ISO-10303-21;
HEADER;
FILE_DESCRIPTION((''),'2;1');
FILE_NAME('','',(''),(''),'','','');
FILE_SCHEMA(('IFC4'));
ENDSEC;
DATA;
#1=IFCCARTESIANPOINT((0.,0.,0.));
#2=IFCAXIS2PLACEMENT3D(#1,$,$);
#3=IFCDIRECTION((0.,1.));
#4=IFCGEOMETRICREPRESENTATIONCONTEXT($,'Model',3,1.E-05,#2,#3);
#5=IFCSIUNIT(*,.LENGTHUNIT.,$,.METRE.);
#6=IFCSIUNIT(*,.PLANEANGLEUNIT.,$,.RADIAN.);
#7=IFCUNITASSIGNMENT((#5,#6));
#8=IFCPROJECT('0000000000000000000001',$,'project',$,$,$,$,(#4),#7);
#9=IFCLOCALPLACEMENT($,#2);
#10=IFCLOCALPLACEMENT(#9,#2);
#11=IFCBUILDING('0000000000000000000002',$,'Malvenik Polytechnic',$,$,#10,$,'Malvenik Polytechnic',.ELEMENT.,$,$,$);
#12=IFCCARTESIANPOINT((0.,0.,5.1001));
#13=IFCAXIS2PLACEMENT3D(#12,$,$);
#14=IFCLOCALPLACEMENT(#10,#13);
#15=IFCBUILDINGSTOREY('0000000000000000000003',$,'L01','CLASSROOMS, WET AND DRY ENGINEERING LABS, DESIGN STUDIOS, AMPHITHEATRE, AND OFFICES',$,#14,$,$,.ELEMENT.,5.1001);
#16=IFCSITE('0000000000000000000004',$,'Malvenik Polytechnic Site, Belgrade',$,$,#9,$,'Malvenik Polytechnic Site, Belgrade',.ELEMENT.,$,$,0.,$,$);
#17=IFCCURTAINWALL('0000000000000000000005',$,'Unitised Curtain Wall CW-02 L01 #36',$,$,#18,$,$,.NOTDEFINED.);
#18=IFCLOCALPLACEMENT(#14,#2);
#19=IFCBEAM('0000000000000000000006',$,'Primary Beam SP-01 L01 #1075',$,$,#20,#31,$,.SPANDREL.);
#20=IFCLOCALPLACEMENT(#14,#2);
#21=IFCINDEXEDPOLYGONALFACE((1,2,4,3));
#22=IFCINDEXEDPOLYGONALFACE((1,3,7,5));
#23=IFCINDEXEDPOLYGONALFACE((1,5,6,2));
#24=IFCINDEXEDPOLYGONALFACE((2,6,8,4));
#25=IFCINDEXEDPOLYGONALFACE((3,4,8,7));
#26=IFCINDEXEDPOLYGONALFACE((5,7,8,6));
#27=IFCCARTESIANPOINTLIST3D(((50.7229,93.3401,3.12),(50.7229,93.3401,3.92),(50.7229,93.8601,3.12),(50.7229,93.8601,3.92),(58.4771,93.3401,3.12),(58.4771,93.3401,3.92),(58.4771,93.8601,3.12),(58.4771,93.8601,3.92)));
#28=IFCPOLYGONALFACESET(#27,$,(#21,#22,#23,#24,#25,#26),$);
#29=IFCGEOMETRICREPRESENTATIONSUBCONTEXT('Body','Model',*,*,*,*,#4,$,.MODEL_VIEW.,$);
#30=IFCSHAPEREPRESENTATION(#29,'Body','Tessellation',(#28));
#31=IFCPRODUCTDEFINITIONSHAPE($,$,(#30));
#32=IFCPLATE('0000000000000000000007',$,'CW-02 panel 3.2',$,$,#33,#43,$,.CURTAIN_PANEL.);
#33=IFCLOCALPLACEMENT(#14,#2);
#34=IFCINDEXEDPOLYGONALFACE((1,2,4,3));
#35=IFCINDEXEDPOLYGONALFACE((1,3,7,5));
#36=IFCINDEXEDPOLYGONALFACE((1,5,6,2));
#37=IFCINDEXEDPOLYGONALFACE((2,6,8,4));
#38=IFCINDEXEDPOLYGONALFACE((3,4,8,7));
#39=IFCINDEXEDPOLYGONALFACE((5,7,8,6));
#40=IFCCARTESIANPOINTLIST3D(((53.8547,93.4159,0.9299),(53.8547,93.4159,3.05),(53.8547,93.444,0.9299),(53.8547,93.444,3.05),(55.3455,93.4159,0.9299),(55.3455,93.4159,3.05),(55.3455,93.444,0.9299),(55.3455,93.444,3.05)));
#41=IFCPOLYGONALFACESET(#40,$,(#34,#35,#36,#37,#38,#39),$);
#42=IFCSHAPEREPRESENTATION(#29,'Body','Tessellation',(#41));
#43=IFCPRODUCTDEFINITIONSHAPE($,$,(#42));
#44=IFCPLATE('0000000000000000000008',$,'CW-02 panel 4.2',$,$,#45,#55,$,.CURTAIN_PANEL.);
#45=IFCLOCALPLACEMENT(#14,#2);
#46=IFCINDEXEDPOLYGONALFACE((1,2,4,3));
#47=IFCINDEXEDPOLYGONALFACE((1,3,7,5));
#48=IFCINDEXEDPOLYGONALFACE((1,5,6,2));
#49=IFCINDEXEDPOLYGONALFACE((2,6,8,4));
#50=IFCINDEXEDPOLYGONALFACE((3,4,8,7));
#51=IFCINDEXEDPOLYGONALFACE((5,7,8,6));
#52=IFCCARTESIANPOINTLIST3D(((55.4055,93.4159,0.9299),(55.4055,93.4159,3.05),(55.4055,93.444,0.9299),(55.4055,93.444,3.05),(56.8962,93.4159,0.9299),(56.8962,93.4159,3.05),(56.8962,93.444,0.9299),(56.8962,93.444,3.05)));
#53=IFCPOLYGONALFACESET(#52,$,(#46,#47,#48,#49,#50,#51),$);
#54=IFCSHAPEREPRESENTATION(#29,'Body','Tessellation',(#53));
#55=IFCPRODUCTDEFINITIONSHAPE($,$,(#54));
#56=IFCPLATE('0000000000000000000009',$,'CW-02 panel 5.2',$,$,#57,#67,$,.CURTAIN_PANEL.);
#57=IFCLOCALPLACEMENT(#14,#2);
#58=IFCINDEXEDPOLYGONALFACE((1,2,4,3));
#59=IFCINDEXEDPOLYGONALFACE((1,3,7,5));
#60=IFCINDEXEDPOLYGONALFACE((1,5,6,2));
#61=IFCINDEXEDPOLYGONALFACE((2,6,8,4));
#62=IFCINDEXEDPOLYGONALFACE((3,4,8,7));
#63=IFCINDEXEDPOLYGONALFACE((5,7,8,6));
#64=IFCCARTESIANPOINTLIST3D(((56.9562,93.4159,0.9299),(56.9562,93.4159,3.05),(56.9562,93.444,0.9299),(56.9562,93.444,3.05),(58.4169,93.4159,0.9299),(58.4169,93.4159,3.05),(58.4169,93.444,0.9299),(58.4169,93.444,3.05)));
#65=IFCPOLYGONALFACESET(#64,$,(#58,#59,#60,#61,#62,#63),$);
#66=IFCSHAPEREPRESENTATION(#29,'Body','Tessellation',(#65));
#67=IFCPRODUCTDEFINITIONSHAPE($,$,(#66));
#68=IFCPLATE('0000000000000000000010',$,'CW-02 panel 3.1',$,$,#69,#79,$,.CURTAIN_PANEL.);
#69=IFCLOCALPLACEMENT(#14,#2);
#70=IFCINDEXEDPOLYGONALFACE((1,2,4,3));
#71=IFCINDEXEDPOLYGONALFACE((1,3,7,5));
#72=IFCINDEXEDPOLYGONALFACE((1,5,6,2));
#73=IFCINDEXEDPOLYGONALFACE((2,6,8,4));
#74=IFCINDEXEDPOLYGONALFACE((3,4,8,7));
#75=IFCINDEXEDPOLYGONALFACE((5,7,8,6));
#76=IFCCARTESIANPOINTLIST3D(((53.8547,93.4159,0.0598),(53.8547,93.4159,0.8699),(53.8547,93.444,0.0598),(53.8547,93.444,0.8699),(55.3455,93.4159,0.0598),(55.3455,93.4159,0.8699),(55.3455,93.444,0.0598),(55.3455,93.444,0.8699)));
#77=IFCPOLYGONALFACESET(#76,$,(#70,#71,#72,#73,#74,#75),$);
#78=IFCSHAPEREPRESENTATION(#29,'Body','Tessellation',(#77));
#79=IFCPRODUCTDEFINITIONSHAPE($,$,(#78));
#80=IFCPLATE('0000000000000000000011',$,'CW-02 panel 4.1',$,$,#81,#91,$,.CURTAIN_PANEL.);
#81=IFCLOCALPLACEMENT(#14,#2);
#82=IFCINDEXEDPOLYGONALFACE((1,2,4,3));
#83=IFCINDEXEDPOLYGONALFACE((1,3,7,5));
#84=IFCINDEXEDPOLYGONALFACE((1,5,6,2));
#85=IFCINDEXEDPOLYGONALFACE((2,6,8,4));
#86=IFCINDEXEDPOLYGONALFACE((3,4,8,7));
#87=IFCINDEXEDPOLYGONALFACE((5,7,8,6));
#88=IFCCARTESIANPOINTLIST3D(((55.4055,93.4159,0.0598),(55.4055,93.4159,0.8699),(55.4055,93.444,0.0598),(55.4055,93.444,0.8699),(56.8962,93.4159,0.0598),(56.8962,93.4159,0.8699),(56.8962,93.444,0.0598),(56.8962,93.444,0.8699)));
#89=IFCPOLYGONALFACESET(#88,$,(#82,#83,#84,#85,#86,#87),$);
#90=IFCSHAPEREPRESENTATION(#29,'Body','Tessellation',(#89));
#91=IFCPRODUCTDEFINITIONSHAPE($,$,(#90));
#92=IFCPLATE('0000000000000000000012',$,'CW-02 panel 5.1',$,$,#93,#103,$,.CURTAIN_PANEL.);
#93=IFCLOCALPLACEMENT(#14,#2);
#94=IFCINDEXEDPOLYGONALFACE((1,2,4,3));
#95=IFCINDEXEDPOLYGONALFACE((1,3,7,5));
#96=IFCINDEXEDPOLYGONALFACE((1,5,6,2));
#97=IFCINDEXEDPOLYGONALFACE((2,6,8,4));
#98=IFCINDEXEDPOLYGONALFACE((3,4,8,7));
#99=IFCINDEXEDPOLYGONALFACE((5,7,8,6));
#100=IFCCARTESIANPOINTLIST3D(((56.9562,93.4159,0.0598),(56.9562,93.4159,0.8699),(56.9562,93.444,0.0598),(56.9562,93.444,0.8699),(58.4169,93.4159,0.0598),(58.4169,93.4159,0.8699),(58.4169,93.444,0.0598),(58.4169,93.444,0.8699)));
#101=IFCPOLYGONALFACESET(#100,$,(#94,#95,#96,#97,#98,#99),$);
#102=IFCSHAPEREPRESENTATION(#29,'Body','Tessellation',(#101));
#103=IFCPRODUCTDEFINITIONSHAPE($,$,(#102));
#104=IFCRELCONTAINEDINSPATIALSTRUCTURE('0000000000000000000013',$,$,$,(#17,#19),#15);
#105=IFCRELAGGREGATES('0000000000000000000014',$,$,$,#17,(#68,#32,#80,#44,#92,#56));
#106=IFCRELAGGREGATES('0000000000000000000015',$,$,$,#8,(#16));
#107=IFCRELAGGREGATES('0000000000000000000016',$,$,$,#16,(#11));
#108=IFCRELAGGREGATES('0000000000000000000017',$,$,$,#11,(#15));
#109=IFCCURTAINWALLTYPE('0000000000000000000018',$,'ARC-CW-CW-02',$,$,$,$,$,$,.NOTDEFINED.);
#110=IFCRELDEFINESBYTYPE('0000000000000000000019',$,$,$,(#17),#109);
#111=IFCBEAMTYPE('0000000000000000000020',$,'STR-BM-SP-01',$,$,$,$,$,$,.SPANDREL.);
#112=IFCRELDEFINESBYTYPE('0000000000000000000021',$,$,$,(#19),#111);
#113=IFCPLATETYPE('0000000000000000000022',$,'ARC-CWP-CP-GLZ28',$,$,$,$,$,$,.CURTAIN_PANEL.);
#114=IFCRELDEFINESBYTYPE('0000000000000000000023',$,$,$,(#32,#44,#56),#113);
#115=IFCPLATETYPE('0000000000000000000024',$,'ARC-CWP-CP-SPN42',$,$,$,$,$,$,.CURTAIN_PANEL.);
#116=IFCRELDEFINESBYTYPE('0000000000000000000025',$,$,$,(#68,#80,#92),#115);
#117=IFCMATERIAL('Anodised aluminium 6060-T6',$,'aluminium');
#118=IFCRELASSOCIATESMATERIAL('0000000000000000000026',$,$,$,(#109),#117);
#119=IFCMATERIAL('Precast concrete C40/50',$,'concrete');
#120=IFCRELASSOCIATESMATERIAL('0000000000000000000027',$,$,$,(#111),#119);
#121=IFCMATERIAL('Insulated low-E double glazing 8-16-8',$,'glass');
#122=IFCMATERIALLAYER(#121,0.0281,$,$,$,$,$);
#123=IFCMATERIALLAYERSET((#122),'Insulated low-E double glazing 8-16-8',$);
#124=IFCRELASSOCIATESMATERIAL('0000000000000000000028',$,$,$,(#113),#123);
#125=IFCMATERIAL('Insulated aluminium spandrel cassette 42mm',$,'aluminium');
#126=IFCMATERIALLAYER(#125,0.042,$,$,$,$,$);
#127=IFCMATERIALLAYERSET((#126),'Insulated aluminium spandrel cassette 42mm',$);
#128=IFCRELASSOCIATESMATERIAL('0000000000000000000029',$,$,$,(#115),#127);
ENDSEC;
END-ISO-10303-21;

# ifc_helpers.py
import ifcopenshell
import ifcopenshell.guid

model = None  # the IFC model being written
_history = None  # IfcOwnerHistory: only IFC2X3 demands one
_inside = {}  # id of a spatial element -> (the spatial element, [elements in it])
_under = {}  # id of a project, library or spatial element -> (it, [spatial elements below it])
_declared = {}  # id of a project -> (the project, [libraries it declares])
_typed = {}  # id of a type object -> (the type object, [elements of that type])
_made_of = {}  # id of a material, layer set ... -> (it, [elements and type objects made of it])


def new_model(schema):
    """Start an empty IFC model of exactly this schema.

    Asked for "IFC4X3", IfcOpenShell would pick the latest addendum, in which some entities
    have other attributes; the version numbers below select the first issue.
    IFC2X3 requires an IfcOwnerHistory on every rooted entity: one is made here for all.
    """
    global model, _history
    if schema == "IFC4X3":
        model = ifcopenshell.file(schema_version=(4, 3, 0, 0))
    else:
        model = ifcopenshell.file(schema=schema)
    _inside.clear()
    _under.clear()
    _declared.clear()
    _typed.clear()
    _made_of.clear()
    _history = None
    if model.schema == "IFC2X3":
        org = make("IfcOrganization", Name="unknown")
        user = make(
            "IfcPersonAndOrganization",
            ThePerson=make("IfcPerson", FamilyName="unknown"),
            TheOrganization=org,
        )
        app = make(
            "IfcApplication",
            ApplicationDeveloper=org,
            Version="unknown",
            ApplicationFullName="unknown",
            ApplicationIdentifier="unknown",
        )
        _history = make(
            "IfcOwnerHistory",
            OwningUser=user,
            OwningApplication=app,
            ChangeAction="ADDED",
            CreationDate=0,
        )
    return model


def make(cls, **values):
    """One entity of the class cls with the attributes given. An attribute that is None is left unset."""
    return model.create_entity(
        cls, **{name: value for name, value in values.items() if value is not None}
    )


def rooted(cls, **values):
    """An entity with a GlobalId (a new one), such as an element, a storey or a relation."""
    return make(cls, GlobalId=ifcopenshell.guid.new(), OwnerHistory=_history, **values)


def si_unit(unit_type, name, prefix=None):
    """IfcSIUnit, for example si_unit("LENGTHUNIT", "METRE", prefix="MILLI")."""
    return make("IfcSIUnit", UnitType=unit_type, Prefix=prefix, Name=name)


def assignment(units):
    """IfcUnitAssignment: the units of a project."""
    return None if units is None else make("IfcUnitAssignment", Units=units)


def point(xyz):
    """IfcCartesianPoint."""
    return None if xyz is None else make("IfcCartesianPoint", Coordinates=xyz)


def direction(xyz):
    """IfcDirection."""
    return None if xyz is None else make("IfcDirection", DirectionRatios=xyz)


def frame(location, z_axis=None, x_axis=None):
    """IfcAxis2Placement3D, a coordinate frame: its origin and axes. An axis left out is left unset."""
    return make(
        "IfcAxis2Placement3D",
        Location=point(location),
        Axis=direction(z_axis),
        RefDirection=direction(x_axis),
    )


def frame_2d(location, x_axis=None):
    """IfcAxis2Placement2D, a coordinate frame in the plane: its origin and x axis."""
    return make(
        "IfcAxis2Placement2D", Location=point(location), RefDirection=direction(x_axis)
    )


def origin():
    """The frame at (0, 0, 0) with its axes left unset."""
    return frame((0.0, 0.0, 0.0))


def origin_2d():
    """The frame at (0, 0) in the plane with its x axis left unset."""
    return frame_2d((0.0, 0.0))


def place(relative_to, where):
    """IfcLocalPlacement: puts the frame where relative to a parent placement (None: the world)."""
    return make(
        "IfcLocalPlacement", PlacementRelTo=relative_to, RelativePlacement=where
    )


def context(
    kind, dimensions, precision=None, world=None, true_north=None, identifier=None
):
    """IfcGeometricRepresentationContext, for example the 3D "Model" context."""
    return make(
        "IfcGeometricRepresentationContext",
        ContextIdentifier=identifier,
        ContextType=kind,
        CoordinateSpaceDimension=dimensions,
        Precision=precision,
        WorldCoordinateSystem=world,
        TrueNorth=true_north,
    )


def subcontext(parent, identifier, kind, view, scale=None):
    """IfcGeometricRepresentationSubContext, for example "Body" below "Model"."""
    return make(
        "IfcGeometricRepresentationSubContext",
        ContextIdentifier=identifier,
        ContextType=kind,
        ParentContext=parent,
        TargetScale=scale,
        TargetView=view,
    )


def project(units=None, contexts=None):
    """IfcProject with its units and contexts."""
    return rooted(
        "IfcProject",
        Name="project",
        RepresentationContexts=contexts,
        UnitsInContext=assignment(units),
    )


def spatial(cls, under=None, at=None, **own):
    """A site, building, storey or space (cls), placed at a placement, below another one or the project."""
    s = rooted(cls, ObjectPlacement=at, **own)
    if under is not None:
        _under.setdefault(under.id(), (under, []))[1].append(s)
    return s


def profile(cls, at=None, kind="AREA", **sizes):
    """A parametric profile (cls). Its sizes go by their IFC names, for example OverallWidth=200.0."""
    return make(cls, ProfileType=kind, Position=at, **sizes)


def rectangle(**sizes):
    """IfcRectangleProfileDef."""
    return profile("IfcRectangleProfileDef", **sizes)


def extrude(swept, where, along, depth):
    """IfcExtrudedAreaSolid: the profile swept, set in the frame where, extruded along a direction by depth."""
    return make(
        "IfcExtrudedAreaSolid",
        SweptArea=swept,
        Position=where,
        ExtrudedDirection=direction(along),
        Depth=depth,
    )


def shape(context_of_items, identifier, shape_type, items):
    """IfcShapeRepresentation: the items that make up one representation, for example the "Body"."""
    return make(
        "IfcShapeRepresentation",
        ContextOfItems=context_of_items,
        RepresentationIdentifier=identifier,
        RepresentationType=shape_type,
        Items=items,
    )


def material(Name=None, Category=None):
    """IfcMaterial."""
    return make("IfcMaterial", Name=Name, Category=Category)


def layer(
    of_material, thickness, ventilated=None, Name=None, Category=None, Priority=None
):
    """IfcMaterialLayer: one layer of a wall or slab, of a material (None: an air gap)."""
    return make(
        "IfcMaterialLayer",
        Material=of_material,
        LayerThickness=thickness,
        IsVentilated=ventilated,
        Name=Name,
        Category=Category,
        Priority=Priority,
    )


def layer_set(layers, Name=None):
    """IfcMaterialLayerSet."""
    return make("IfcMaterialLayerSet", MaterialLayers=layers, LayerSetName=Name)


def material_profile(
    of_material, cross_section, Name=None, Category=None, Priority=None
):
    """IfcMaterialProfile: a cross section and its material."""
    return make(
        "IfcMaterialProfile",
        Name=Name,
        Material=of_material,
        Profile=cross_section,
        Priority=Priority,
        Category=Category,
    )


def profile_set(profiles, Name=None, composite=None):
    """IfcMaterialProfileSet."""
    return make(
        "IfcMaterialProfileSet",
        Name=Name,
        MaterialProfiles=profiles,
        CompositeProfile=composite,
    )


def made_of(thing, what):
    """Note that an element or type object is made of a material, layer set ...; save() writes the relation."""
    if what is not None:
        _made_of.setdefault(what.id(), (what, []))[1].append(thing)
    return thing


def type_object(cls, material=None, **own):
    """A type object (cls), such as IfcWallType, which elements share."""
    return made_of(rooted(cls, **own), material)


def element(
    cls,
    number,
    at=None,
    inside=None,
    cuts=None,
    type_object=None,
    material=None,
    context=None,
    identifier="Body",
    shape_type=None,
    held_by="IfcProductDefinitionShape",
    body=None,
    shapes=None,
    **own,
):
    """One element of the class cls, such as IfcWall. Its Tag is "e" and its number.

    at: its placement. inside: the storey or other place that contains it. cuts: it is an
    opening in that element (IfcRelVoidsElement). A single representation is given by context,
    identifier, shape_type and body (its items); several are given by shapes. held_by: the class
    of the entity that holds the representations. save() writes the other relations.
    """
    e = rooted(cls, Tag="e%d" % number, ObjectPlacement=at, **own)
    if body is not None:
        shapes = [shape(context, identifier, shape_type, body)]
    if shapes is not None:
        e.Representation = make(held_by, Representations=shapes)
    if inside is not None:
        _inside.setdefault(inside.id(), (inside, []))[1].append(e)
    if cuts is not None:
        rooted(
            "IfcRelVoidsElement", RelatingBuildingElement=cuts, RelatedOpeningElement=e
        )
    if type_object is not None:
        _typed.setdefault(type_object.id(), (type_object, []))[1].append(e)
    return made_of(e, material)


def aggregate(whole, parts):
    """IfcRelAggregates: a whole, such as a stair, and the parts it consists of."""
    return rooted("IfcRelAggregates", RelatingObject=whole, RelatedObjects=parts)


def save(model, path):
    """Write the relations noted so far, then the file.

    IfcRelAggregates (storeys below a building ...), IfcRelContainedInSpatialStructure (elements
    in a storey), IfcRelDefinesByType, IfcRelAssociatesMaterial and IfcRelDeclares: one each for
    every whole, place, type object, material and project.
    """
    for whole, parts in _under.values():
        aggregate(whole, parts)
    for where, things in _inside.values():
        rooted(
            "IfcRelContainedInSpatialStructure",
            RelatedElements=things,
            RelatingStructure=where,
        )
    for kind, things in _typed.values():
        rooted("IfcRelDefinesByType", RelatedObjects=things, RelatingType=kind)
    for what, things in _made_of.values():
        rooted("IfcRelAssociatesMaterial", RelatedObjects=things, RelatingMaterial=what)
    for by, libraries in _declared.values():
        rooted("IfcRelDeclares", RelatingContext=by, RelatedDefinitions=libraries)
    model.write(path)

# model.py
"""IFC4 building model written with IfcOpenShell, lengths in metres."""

from ifc_helpers import new_model, si_unit, direction, frame, origin, origin_2d, place, context, subcontext, project, spatial, rectangle, extrude, material, layer, layer_set, material_profile, profile_set, type_object, element, aggregate, save


model = new_model("IFC4")

# Units and contexts
model_context = context("Model", 3, precision=1e-05, world=origin(), true_north=direction((0.0, 1.0)))
body_context = subcontext(model_context, "Body", "Model", "MODEL_VIEW")
ifc_project = project(units=[si_unit("LENGTHUNIT", "METRE"), si_unit("PLANEANGLEUNIT", "RADIAN")], contexts=[model_context])

# Site, building, storey
site_placement = place(None, origin())
site = spatial("IfcSite", under=ifc_project, at=site_placement, Name="Malvenik Polytechnic Site, Belgrade", LongName="Malvenik Polytechnic Site, Belgrade", CompositionType="ELEMENT", RefElevation=0.0)
building_placement = place(site_placement, origin())
building = spatial("IfcBuilding", under=site, at=building_placement, Name="Malvenik Polytechnic", LongName="Malvenik Polytechnic", CompositionType="ELEMENT")
storey_placement = place(building_placement, frame((0.0, 0.0, 5.1001)))
storey = spatial("IfcBuildingStorey", under=building, at=storey_placement, Name="L01", Description="CLASSROOMS, WET AND DRY ENGINEERING LABS, DESIGN STUDIOS, AMPHITHEATRE, AND OFFICES", CompositionType="ELEMENT", Elevation=5.1001)

# Curtain wall
ifc_material_1 = material(Name="Anodised aluminium 6060-T6", Category="aluminium")
curtain_wall_type = type_object("IfcCurtainWallType", Name="ARC-CW-CW-02", PredefinedType="NOTDEFINED", material=ifc_material_1)
curtain_wall_placement = place(storey_placement, origin())
curtain_wall = element("IfcCurtainWall", 1, at=curtain_wall_placement, inside=storey, type_object=curtain_wall_type, Name="Unitised Curtain Wall CW-02 L01 #36", PredefinedType="NOTDEFINED")

# Beam
ifc_material_2 = material(Name="Precast concrete C40/50", Category="concrete")
ifc_material_profile_1 = material_profile(ifc_material_2, rectangle(XDim=0.52, YDim=0.8, at=origin_2d()), Name="PC SPN 520x800")
ifc_profile_set_1 = profile_set([ifc_material_profile_1], Name="Precast concrete C40/50")
beam_type = type_object("IfcBeamType", Name="STR-BM-SP-01", PredefinedType="SPANDREL", material=ifc_profile_set_1)
beam_placement = place(storey_placement, frame((50.7229, 93.6001, 3.52), z_axis=(1.0, 0.0, 0.0), x_axis=(0.0, 1.0, 0.0)))
element("IfcBeam", 2, at=beam_placement, inside=storey, type_object=beam_type, Name="Primary Beam SP-01 L01 #1075", PredefinedType="SPANDREL", context=body_context, shape_type="SweptSolid", body=[
    extrude(rectangle(XDim=0.52, YDim=0.8, at=origin_2d()), origin(), (0.0, 0.0, 1.0), 7.7542),
])

# Plates
ifc_material_3 = material(Name="Insulated low-E double glazing 8-16-8", Category="glass")
ifc_layer_1 = layer(ifc_material_3, 0.0281)
ifc_layer_set_1 = layer_set([ifc_layer_1], Name="Insulated low-E double glazing 8-16-8")
plate_type_1 = type_object("IfcPlateType", Name="ARC-CWP-CP-GLZ28", PredefinedType="CURTAIN_PANEL", material=ifc_layer_set_1)
plate_1_placement = place(storey_placement, frame((54.6001, 93.4299, 0.9299), z_axis=(0.0, 0.0, 1.0), x_axis=(1.0, 0.0, 0.0)))
plate_1 = element("IfcPlate", 3, at=plate_1_placement, type_object=plate_type_1, Name="CW-02 panel 3.2", PredefinedType="CURTAIN_PANEL", context=body_context, shape_type="SweptSolid", body=[
    extrude(rectangle(XDim=1.4907, YDim=0.0281, at=origin_2d()), origin(), (0.0, 0.0, 1.0), 2.1201),
])
plate_2_placement = place(storey_placement, frame((56.1509, 93.4299, 0.9299), z_axis=(0.0, 0.0, 1.0), x_axis=(1.0, 0.0, 0.0)))
plate_2 = element("IfcPlate", 4, at=plate_2_placement, type_object=plate_type_1, Name="CW-02 panel 4.2", PredefinedType="CURTAIN_PANEL", context=body_context, shape_type="SweptSolid", body=[
    extrude(rectangle(XDim=1.4907, YDim=0.0281, at=origin_2d()), origin(), (0.0, 0.0, 1.0), 2.1201),
])
plate_3_placement = place(storey_placement, frame((57.6865, 93.4299, 0.9299), z_axis=(0.0, 0.0, 1.0), x_axis=(1.0, 0.0, 0.0)))
plate_3 = element("IfcPlate", 5, at=plate_3_placement, type_object=plate_type_1, Name="CW-02 panel 5.2", PredefinedType="CURTAIN_PANEL", context=body_context, shape_type="SweptSolid", body=[
    extrude(rectangle(XDim=1.4607, YDim=0.0281, at=origin_2d()), origin(), (0.0, 0.0, 1.0), 2.1201),
])
ifc_material_4 = material(Name="Insulated aluminium spandrel cassette 42mm", Category="aluminium")
ifc_layer_2 = layer(ifc_material_4, 0.042)
ifc_layer_set_2 = layer_set([ifc_layer_2], Name="Insulated aluminium spandrel cassette 42mm")
plate_type_2 = type_object("IfcPlateType", Name="ARC-CWP-CP-SPN42", PredefinedType="CURTAIN_PANEL", material=ifc_layer_set_2)
plate_4_placement = place(storey_placement, frame((54.6001, 93.4299, 0.0598), z_axis=(0.0, 0.0, 1.0), x_axis=(1.0, 0.0, 0.0)))
plate_4 = element("IfcPlate", 6, at=plate_4_placement, type_object=plate_type_2, Name="CW-02 panel 3.1", PredefinedType="CURTAIN_PANEL", context=body_context, shape_type="SweptSolid", body=[
    extrude(rectangle(XDim=1.4907, YDim=0.0281, at=origin_2d()), origin(), (0.0, 0.0, 1.0), 0.8101),
])
plate_5_placement = place(storey_placement, frame((56.1509, 93.4299, 0.0598), z_axis=(0.0, 0.0, 1.0), x_axis=(1.0, 0.0, 0.0)))
plate_5 = element("IfcPlate", 7, at=plate_5_placement, type_object=plate_type_2, Name="CW-02 panel 4.1", PredefinedType="CURTAIN_PANEL", context=body_context, shape_type="SweptSolid", body=[
    extrude(rectangle(XDim=1.4907, YDim=0.0281, at=origin_2d()), origin(), (0.0, 0.0, 1.0), 0.8101),
])
plate_6_placement = place(storey_placement, frame((57.6865, 93.4299, 0.0598), z_axis=(0.0, 0.0, 1.0), x_axis=(1.0, 0.0, 0.0)))
plate_6 = element("IfcPlate", 8, at=plate_6_placement, type_object=plate_type_2, Name="CW-02 panel 5.1", PredefinedType="CURTAIN_PANEL", context=body_context, shape_type="SweptSolid", body=[
    extrude(rectangle(XDim=1.4607, YDim=0.0281, at=origin_2d()), origin(), (0.0, 0.0, 1.0), 0.8101),
])
aggregate(curtain_wall, [plate_4, plate_1, plate_5, plate_2, plate_6, plate_3])

save(model, "model.ifc")
